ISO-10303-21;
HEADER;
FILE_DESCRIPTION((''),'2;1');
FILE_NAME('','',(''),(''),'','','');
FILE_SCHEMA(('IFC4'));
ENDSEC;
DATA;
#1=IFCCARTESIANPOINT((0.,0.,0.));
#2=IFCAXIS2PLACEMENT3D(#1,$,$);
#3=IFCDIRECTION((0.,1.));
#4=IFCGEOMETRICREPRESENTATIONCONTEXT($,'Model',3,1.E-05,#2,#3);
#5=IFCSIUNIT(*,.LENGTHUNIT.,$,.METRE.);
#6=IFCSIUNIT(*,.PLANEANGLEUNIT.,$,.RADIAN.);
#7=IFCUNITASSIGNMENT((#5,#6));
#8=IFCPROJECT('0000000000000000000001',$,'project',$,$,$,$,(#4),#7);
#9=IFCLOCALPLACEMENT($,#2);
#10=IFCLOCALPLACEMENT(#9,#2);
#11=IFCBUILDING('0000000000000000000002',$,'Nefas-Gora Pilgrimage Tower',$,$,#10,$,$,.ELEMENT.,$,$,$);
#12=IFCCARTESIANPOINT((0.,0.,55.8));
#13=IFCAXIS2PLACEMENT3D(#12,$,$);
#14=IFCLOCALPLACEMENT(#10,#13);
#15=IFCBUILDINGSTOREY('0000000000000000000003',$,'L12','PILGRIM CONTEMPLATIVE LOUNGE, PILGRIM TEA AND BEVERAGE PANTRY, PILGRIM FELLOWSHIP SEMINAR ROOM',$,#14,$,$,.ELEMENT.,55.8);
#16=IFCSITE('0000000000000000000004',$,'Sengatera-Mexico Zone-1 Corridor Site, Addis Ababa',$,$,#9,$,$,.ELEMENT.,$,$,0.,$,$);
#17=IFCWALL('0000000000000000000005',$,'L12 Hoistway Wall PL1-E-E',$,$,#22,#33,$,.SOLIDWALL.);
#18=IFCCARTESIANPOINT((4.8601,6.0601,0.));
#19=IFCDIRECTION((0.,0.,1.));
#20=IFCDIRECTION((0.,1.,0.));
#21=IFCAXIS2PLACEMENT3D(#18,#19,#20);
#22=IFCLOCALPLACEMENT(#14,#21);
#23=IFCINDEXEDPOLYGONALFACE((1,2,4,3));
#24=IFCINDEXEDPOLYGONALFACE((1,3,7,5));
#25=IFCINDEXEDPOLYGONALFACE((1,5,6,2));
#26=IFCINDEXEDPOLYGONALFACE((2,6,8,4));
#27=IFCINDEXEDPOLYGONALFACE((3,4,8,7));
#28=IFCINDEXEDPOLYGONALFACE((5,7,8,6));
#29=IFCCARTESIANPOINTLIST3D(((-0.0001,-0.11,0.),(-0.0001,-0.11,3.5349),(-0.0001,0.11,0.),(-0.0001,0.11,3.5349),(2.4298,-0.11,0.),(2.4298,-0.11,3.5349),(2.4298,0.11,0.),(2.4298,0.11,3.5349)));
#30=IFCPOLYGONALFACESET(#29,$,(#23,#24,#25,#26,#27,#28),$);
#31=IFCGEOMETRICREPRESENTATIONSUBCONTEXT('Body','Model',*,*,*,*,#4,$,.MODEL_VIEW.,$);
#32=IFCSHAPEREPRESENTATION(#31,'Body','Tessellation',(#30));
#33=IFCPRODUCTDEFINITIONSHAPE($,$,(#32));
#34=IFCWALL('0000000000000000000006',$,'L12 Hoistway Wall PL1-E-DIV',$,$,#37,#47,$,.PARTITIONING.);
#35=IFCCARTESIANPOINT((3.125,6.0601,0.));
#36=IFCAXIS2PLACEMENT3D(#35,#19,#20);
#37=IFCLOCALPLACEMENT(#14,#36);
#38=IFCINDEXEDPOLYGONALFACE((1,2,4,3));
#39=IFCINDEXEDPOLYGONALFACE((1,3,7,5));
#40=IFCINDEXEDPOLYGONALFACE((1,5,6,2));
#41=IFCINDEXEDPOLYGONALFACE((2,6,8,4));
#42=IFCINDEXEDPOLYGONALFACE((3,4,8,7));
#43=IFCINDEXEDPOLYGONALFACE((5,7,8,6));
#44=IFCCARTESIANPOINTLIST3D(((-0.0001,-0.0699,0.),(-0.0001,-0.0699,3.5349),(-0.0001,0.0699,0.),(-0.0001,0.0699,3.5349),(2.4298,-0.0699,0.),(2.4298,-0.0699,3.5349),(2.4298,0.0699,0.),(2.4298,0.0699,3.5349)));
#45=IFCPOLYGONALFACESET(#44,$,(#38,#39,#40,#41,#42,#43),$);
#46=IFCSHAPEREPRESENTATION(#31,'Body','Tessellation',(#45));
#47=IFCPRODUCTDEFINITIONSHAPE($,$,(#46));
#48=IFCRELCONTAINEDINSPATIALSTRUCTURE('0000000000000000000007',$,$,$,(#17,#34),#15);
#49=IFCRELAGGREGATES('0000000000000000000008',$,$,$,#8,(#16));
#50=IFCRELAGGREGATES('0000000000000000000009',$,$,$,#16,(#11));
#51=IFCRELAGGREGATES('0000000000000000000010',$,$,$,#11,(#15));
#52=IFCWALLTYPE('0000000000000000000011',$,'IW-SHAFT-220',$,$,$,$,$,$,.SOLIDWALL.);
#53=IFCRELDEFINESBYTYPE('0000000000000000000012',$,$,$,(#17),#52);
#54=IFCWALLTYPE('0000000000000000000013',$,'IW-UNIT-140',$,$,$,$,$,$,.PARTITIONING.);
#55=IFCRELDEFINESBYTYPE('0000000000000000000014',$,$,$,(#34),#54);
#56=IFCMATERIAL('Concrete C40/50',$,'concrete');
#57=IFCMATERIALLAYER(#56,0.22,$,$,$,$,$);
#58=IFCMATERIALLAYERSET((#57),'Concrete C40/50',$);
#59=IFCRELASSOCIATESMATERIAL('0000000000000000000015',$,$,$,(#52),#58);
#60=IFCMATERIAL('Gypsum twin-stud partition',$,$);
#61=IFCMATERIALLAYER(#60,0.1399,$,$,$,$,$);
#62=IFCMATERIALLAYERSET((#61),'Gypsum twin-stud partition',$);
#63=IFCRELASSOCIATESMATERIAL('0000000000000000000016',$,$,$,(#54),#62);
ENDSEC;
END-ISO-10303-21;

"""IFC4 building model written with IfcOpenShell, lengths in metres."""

from ifc_helpers import new_model, si_unit, direction, frame, frame_2d, origin, place, context, subcontext, project, spatial, rectangle, extrude, source, transform, mapped, material, layer, layer_set, type_object, element, save


model = new_model("IFC4")

# Units and contexts
model_context = context("Model", 3, precision=1e-05, world=origin(), true_north=direction((0.0, 1.0)))
body_context = subcontext(model_context, "Body", "Model", "MODEL_VIEW")
ifc_project = project(units=[si_unit("LENGTHUNIT", "METRE"), si_unit("PLANEANGLEUNIT", "RADIAN")], contexts=[model_context])

# Site, building, storey
site_placement = place(None, origin())
site = spatial("IfcSite", under=ifc_project, at=site_placement, Name="Sengatera-Mexico Zone-1 Corridor Site, Addis Ababa", CompositionType="ELEMENT", RefElevation=0.0)
building_placement = place(site_placement, origin())
building = spatial("IfcBuilding", under=site, at=building_placement, Name="Nefas-Gora Pilgrimage Tower", CompositionType="ELEMENT")
storey_placement = place(building_placement, frame((0.0, 0.0, 55.8)))
storey = spatial("IfcBuildingStorey", under=building, at=storey_placement, Name="L12", Description="PILGRIM CONTEMPLATIVE LOUNGE, PILGRIM TEA AND BEVERAGE PANTRY, PILGRIM FELLOWSHIP SEMINAR ROOM", CompositionType="ELEMENT", Elevation=55.8)

# Shared definitions
ifc_material_1 = material(Name="Concrete C40/50", Category="concrete")
ifc_layer_1 = layer(ifc_material_1, 0.22)
ifc_layer_set_1 = layer_set([ifc_layer_1], Name="Concrete C40/50")
wall_type_1 = type_object("IfcWallType", Name="IW-SHAFT-220", PredefinedType="SOLIDWALL", material=ifc_layer_set_1)

# Walls
shared_shape_1 = source(origin(), body_context, "Body", "SweptSolid", [
    extrude(rectangle(XDim=2.4299, YDim=0.22, at=frame_2d((1.2148, 0.0))), origin(), (0.0, 0.0, 1.0), 3.5349),
])
wall_1_placement = place(storey_placement, frame((4.8601, 6.0601, 0.0), z_axis=(0.0, 0.0, 1.0), x_axis=(0.0, 1.0, 0.0)))
element("IfcWall", 1, at=wall_1_placement, inside=storey, type_object=wall_type_1, Name="L12 Hoistway Wall PL1-E-E", PredefinedType="SOLIDWALL", context=body_context, shape_type="MappedRepresentation", body=[
    mapped(shared_shape_1, transform((0.0, 0.0, 0.0), x_axis=(1.0, 0.0, 0.0), y_axis=(0.0, 1.0, 0.0), z_axis=(0.0, 0.0, 1.0), scale=1.0)),
])
ifc_material_2 = material(Name="Gypsum twin-stud partition")
ifc_layer_2 = layer(ifc_material_2, 0.1399)
ifc_layer_set_2 = layer_set([ifc_layer_2], Name="Gypsum twin-stud partition")
wall_type_2 = type_object("IfcWallType", Name="IW-UNIT-140", PredefinedType="PARTITIONING", material=ifc_layer_set_2)
shared_shape_2 = source(origin(), body_context, "Body", "SweptSolid", [
    extrude(rectangle(XDim=2.4299, YDim=0.1399, at=frame_2d((1.2148, 0.0))), origin(), (0.0, 0.0, 1.0), 3.5349),
])
wall_2_placement = place(storey_placement, frame((3.125, 6.0601, 0.0), z_axis=(0.0, 0.0, 1.0), x_axis=(0.0, 1.0, 0.0)))
element("IfcWall", 2, at=wall_2_placement, inside=storey, type_object=wall_type_2, Name="L12 Hoistway Wall PL1-E-DIV", PredefinedType="PARTITIONING", context=body_context, shape_type="MappedRepresentation", body=[
    mapped(shared_shape_2, transform((0.0, 0.0, 0.0), x_axis=(1.0, 0.0, 0.0), y_axis=(0.0, 1.0, 0.0), z_axis=(0.0, 0.0, 1.0), scale=1.0)),
])

save(model, "model.ifc")
